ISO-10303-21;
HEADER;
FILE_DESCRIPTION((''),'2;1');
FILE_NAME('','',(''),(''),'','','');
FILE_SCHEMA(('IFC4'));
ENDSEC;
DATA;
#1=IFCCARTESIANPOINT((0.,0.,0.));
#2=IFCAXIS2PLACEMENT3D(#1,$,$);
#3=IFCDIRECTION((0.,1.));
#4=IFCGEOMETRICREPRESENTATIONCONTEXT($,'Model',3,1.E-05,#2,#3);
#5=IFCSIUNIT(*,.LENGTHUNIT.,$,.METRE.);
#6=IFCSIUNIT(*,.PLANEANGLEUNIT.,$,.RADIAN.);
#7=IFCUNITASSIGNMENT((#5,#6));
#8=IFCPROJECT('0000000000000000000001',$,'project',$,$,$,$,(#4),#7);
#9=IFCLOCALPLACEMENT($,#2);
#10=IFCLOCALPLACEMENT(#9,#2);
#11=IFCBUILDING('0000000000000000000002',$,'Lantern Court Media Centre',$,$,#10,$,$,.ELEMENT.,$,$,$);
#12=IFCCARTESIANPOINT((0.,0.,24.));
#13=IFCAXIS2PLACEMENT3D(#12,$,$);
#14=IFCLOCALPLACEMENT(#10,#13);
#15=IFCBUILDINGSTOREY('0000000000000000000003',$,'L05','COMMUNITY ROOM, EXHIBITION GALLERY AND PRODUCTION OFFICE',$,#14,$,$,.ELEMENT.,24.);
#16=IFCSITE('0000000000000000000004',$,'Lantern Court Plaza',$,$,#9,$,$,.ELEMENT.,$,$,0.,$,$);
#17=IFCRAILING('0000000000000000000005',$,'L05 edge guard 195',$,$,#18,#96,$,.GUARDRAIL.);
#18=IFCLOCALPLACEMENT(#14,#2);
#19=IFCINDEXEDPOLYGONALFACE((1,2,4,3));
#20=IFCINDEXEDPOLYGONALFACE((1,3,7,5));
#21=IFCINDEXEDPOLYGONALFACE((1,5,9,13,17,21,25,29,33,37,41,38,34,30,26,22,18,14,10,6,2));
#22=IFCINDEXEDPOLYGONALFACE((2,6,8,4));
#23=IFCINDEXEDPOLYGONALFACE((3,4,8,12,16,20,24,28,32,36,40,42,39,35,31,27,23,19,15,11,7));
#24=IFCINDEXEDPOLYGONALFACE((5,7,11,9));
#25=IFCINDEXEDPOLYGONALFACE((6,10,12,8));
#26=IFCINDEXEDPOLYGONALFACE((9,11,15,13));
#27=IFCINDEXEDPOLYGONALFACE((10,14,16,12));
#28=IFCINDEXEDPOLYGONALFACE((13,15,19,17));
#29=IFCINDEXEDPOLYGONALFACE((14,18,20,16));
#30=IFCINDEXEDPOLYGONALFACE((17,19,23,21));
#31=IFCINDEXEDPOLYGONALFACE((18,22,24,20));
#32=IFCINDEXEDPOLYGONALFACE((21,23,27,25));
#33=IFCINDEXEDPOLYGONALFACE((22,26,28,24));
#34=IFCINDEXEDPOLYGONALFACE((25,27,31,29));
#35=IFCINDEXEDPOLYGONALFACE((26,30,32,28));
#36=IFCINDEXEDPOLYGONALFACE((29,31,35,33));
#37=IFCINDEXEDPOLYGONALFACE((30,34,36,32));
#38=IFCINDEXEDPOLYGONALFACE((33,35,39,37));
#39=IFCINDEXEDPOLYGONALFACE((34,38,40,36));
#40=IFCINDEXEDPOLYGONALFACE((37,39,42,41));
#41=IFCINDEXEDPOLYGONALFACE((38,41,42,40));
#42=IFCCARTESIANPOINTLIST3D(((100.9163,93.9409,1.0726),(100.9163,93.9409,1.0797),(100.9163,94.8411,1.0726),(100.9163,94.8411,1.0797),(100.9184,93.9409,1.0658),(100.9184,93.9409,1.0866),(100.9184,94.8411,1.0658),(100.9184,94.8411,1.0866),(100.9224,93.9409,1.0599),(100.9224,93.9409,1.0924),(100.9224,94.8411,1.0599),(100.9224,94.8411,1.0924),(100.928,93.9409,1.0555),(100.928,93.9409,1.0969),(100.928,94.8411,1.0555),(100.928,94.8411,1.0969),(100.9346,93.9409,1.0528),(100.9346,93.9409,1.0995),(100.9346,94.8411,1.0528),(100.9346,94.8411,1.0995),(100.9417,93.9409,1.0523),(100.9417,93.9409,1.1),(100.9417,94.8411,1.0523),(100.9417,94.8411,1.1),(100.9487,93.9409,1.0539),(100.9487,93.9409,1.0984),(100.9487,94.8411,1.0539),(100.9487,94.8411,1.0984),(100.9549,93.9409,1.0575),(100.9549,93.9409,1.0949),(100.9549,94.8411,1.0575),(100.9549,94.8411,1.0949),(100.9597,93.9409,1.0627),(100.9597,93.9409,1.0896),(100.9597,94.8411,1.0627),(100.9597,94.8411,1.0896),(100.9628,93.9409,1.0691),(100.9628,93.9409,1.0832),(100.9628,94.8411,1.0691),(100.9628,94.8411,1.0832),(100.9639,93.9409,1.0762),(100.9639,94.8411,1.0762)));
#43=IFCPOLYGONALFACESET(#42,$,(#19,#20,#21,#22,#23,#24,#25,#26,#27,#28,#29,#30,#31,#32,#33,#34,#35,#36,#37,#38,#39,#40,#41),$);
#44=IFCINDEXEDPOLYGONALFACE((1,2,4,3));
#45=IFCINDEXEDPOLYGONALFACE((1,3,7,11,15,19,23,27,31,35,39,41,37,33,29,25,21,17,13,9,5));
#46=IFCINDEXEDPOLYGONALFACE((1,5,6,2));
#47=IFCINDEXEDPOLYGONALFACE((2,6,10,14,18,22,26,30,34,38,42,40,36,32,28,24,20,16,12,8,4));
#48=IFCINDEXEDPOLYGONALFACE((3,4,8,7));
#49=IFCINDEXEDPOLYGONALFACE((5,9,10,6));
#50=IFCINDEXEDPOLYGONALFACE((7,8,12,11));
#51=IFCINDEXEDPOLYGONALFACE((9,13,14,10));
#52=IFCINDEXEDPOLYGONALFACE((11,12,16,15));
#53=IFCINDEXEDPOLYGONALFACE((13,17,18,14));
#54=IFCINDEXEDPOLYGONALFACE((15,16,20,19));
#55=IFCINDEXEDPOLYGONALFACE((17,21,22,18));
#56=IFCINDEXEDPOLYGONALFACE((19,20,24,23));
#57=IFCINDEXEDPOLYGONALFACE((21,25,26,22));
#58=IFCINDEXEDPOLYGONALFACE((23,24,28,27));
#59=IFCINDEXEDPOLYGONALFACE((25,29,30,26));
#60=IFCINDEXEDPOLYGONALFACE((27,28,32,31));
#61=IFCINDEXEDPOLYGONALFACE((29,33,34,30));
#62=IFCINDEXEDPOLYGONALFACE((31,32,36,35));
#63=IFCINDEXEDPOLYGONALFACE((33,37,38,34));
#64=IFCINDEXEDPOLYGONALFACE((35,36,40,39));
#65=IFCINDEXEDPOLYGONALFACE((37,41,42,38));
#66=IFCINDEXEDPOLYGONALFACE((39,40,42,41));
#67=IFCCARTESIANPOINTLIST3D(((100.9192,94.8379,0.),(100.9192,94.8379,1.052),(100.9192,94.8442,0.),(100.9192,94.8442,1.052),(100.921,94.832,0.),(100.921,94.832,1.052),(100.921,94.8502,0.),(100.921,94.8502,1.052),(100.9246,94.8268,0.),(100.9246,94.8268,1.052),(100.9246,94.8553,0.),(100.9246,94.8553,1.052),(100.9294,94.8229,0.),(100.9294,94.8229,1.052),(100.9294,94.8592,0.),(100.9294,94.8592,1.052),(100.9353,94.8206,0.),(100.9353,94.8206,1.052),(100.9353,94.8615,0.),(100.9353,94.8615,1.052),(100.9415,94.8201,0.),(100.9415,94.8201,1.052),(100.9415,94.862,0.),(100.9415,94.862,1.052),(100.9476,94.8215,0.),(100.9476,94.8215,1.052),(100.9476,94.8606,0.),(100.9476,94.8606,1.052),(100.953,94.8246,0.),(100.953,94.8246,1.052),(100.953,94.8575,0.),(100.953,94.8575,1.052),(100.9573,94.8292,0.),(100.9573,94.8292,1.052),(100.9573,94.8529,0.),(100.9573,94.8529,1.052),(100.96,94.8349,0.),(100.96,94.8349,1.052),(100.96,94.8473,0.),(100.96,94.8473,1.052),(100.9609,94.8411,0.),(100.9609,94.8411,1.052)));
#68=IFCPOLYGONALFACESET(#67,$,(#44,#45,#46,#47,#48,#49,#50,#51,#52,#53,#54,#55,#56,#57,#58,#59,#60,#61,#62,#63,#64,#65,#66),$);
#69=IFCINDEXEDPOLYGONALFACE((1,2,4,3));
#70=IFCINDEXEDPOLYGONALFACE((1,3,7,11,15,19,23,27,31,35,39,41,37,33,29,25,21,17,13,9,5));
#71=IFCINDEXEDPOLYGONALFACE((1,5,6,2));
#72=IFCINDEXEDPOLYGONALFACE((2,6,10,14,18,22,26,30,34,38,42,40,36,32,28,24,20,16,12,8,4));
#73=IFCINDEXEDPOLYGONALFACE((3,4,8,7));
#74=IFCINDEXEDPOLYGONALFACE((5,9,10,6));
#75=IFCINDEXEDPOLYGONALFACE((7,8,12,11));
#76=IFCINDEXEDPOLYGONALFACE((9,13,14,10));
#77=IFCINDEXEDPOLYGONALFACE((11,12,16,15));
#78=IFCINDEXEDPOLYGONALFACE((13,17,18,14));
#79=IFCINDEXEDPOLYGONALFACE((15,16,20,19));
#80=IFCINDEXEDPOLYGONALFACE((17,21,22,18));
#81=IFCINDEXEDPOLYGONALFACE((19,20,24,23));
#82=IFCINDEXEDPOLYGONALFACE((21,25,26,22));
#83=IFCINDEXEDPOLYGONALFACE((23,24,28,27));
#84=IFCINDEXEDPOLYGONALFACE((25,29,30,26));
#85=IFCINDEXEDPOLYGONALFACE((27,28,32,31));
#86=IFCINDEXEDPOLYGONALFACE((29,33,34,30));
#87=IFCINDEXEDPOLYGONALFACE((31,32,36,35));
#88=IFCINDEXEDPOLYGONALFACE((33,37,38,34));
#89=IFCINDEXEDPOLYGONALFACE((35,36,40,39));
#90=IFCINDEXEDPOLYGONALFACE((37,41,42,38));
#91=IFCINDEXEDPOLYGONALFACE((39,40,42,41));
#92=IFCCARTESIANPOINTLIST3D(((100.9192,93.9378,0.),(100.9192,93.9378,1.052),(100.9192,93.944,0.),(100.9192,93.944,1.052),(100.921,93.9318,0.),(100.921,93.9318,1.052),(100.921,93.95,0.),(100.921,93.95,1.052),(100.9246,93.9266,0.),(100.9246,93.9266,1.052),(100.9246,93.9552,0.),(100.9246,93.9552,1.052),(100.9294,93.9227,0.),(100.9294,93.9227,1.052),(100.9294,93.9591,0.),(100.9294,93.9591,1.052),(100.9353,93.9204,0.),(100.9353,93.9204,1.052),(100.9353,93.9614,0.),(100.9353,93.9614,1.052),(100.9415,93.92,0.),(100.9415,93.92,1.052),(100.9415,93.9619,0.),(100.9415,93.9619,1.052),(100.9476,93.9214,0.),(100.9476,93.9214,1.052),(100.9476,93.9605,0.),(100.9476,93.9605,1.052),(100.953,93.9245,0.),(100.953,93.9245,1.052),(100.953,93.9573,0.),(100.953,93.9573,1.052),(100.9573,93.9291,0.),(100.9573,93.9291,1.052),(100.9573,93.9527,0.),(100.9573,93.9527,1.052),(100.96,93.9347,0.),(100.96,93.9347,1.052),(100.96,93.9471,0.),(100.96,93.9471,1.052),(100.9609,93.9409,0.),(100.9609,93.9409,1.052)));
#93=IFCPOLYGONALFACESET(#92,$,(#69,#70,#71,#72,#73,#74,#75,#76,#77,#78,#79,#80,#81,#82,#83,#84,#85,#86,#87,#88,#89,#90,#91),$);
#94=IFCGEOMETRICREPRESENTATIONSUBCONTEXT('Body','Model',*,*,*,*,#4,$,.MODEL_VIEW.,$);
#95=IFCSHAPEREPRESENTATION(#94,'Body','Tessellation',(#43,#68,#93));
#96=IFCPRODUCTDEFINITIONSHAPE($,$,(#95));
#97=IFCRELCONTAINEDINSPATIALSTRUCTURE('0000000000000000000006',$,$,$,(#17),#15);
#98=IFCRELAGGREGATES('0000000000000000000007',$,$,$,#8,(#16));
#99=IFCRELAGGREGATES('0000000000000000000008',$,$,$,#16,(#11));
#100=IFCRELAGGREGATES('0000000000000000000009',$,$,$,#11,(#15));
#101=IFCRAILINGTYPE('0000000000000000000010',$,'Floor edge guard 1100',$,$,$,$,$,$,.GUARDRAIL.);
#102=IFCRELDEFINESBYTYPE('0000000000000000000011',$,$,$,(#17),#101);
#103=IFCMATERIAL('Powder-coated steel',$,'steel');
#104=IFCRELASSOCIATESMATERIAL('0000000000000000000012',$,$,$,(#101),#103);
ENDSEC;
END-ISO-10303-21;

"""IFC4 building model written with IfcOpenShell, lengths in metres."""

from ifc_helpers import new_model, si_unit, direction, frame, origin, origin_2d, place, context, subcontext, project, spatial, circle, extrude, material, type_object, element, save


model = new_model("IFC4")

# Units and contexts
model_context = context("Model", 3, precision=1e-05, world=origin(), true_north=direction((0.0, 1.0)))
body_context = subcontext(model_context, "Body", "Model", "MODEL_VIEW")
ifc_project = project(units=[si_unit("LENGTHUNIT", "METRE"), si_unit("PLANEANGLEUNIT", "RADIAN")], contexts=[model_context])

# Site, building, storey
site_placement = place(None, origin())
site = spatial("IfcSite", under=ifc_project, at=site_placement, Name="Lantern Court Plaza", CompositionType="ELEMENT", RefElevation=0.0)
building_placement = place(site_placement, origin())
building = spatial("IfcBuilding", under=site, at=building_placement, Name="Lantern Court Media Centre", CompositionType="ELEMENT")
storey_placement = place(building_placement, frame((0.0, 0.0, 24.0)))
storey = spatial("IfcBuildingStorey", under=building, at=storey_placement, Name="L05", Description="COMMUNITY ROOM, EXHIBITION GALLERY AND PRODUCTION OFFICE", CompositionType="ELEMENT", Elevation=24.0)

# Railing
ifc_material_1 = material(Name="Powder-coated steel", Category="steel")
railing_type = type_object("IfcRailingType", Name="Floor edge guard 1100", PredefinedType="GUARDRAIL", material=ifc_material_1)
railing_1_placement = place(storey_placement, frame((100.9399, 94.8411, 0.0)))
element("IfcRailing", 1, at=railing_1_placement, inside=storey, type_object=railing_type, Name="L05 edge guard 195", PredefinedType="GUARDRAIL", context=body_context, shape_type="SweptSolid", body=[
    extrude(circle(Radius=0.0239, at=origin_2d()), frame((0.0, 0.0, 1.0762), z_axis=(0.0, -1.0, 0.0), x_axis=(1.0, 0.0, 0.0)), (0.0, 0.0, 1.0), 0.9001),
    extrude(circle(Radius=0.021, at=origin_2d()), origin(), (0.0, 0.0, 1.0), 1.052),
    extrude(circle(Radius=0.021, at=origin_2d()), frame((0.0, -0.9001, 0.0)), (0.0, 0.0, 1.0), 1.052),
])

save(model, "model.ifc")
